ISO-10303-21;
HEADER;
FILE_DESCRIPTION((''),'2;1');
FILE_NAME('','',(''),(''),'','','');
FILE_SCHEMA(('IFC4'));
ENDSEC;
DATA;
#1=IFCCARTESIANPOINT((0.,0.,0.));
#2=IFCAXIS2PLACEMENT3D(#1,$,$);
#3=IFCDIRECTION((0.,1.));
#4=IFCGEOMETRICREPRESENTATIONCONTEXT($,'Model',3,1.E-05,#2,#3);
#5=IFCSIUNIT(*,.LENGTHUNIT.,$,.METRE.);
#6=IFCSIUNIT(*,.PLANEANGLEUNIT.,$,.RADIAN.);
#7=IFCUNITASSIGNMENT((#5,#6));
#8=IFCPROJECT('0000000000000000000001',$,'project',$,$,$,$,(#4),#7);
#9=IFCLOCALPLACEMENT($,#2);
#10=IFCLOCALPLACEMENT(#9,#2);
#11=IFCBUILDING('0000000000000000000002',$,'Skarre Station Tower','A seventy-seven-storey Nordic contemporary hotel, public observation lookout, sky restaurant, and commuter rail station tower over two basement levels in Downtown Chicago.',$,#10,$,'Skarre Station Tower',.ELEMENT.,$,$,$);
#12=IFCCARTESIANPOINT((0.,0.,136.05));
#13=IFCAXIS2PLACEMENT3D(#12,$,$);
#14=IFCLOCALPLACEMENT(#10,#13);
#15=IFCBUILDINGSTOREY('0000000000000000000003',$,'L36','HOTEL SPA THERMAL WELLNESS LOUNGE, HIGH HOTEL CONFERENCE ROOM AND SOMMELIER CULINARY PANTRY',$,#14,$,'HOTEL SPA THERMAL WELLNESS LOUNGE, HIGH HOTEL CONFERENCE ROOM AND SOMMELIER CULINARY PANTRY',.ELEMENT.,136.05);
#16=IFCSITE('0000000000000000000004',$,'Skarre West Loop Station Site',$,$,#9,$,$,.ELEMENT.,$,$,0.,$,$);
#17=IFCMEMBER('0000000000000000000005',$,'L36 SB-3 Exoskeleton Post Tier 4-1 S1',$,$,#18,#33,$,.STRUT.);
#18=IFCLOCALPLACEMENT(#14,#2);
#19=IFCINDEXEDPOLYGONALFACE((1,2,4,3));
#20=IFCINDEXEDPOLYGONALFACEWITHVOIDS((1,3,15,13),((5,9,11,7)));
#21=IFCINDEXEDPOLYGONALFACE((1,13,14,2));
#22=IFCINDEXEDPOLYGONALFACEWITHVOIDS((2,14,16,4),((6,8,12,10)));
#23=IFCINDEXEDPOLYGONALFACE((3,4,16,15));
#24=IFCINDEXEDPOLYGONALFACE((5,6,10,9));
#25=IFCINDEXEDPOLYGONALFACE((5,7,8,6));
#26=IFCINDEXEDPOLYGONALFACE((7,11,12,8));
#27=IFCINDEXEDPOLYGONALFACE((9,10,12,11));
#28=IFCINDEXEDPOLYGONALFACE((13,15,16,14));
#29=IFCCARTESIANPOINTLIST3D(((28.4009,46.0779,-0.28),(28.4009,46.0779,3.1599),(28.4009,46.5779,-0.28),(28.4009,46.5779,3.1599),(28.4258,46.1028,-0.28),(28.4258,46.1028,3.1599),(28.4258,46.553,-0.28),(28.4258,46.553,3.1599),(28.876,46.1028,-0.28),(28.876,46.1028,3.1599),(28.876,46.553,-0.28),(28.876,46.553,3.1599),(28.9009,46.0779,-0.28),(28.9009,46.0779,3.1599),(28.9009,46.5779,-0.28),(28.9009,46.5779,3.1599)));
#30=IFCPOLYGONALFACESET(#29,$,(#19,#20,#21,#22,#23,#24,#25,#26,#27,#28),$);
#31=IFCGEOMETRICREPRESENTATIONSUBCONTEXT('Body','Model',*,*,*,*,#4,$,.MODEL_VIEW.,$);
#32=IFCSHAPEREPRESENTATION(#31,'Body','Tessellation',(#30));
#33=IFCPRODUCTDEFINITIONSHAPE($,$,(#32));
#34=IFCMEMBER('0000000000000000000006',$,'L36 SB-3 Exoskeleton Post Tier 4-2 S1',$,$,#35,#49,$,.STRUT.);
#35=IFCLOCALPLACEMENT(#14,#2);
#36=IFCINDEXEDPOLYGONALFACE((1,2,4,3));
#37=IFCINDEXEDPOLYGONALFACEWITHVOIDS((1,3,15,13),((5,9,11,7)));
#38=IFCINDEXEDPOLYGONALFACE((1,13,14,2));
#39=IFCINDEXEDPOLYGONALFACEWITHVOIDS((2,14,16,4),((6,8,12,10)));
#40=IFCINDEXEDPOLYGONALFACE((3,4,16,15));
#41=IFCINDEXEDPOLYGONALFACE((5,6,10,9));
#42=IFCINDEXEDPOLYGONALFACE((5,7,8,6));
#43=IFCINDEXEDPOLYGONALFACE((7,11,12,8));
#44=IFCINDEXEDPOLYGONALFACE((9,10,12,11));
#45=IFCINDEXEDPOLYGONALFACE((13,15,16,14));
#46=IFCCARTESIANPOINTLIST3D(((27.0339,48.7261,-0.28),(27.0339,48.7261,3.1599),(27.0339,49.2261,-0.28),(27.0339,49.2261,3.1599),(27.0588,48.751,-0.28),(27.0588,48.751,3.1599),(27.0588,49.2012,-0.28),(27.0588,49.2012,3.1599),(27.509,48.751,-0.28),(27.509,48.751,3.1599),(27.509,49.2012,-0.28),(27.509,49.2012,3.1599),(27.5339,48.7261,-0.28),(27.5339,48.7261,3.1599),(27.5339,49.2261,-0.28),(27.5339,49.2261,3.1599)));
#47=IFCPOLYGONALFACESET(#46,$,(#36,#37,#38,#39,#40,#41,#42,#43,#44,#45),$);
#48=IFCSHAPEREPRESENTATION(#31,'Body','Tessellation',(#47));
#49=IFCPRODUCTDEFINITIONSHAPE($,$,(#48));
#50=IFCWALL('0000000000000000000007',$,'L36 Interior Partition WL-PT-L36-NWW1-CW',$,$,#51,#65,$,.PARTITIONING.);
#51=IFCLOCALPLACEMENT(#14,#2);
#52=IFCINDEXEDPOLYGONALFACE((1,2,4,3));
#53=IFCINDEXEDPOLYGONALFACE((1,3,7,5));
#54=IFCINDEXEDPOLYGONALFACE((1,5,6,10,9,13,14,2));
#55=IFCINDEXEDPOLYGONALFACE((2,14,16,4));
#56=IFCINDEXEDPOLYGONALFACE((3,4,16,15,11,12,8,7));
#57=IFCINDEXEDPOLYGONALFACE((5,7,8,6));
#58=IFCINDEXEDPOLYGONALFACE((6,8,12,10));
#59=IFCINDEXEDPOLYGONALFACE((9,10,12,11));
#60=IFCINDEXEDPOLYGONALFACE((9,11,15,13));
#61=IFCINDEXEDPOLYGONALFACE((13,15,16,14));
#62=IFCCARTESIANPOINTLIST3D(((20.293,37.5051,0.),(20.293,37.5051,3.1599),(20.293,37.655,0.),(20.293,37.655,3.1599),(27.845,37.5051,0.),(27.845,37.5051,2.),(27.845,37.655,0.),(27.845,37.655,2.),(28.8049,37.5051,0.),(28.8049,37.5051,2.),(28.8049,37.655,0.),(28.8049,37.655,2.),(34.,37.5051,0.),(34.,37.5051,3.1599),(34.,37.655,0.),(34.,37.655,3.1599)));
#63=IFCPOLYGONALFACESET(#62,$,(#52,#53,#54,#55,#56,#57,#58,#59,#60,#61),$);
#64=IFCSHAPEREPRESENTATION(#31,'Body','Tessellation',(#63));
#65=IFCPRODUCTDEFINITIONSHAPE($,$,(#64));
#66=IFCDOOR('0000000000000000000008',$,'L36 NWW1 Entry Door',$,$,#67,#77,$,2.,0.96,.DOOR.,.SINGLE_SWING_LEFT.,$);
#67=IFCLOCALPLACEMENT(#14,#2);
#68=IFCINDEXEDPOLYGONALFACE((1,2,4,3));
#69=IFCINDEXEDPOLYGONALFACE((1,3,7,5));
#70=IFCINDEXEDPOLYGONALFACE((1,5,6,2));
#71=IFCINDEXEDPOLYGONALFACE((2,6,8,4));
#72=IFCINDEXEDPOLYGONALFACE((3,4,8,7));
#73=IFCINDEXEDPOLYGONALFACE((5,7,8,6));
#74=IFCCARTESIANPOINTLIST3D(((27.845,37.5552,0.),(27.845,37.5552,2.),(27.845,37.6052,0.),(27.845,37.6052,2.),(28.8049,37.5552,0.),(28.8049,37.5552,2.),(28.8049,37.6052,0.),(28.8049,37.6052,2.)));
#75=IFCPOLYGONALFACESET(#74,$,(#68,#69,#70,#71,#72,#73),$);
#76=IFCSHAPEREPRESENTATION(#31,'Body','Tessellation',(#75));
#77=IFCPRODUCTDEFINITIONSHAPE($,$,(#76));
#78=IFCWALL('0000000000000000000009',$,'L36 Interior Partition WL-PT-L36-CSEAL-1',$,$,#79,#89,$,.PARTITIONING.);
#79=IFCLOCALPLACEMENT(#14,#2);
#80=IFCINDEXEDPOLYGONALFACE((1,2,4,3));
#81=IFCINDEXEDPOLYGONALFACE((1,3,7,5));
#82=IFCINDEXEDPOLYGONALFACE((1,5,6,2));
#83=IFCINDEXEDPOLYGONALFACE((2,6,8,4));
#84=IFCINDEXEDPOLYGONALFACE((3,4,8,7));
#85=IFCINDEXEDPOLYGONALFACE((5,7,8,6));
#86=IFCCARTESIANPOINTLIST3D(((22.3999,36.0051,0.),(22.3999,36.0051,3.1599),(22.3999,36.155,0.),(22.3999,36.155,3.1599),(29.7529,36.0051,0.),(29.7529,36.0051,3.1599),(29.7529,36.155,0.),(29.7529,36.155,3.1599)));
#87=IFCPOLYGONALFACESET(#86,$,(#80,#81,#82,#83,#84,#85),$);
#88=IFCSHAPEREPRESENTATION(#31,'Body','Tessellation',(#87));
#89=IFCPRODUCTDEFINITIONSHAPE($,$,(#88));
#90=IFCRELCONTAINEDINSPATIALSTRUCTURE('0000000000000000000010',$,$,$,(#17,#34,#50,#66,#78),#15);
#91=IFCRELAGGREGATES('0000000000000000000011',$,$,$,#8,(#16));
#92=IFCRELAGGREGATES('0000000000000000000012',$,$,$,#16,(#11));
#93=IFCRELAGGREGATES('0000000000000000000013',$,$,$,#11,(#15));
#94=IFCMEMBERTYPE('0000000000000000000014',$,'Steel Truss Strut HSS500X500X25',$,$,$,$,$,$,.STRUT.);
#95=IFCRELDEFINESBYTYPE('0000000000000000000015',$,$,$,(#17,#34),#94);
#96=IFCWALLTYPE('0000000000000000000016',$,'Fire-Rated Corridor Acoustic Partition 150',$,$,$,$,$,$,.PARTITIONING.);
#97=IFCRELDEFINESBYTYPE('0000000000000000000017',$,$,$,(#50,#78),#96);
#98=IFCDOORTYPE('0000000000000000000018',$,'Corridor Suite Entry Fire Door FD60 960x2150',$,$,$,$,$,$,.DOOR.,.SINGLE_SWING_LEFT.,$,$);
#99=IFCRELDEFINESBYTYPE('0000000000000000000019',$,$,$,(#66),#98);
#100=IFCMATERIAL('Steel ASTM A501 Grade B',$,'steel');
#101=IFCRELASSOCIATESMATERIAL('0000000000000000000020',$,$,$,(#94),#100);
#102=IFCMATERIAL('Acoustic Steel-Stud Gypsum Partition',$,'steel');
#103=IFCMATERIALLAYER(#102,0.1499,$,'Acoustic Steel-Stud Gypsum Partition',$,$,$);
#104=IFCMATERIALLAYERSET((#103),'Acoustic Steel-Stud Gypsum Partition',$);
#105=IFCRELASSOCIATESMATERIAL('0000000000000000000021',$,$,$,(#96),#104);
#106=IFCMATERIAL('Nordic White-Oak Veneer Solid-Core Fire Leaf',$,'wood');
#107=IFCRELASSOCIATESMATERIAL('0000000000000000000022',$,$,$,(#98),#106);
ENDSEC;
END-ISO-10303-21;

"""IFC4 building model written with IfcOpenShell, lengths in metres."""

from ifc_helpers import new_model, si_unit, direction, frame, frame_2d, origin, origin_2d, place, context, subcontext, project, spatial, rectangle, hollow_rectangle, extrude, material, layer, layer_set, material_profile, profile_set, type_object, element, fill, save


model = new_model("IFC4")

# Units and contexts
model_context = context("Model", 3, precision=1e-05, world=origin(), true_north=direction((0.0, 1.0)))
body_context = subcontext(model_context, "Body", "Model", "MODEL_VIEW")
ifc_project = project(units=[si_unit("LENGTHUNIT", "METRE"), si_unit("PLANEANGLEUNIT", "RADIAN")], contexts=[model_context])

# Site, building, storey
site_placement = place(None, origin())
site = spatial("IfcSite", under=ifc_project, at=site_placement, Name="Skarre West Loop Station Site", CompositionType="ELEMENT", RefElevation=0.0)
building_placement = place(site_placement, origin())
building = spatial("IfcBuilding", under=site, at=building_placement, Name="Skarre Station Tower", Description="A seventy-seven-storey Nordic contemporary hotel, public observation lookout, sky restaurant, and commuter rail station tower over two basement levels in Downtown Chicago.", LongName="Skarre Station Tower", CompositionType="ELEMENT")
storey_placement = place(building_placement, frame((0.0, 0.0, 136.05)))
storey = spatial("IfcBuildingStorey", under=building, at=storey_placement, Name="L36", Description="HOTEL SPA THERMAL WELLNESS LOUNGE, HIGH HOTEL CONFERENCE ROOM AND SOMMELIER CULINARY PANTRY", LongName="HOTEL SPA THERMAL WELLNESS LOUNGE, HIGH HOTEL CONFERENCE ROOM AND SOMMELIER CULINARY PANTRY", CompositionType="ELEMENT", Elevation=136.05)

# Members
ifc_material_1 = material(Name="Steel ASTM A501 Grade B", Category="steel")
ifc_material_profile_1 = material_profile(ifc_material_1, hollow_rectangle(XDim=0.5, YDim=0.5, WallThickness=0.0249, at=origin_2d()), Name="Steel ASTM A501 Grade B")
ifc_profile_set_1 = profile_set([ifc_material_profile_1], Name="Steel ASTM A501 Grade B")
member_type = type_object("IfcMemberType", Name="Steel Truss Strut HSS500X500X25", PredefinedType="STRUT", material=ifc_profile_set_1)
for number, where, z_axis, x_axis, name in (
    (1, (28.6509, 46.3279, -0.28), (0.0, 0.0, 1.0), (1.0, 0.0, 0.0), "L36 SB-3 Exoskeleton Post Tier 4-1 S1"),
    (2, (27.2839, 48.9761, -0.28), (0.0, 0.0, 1.0), (1.0, 0.0, 0.0), "L36 SB-3 Exoskeleton Post Tier 4-2 S1"),
):
    element("IfcMember", number, at=place(storey_placement, frame(where, z_axis=z_axis, x_axis=x_axis)), inside=storey, type_object=member_type, Name=name, PredefinedType="STRUT", context=body_context, shape_type="SweptSolid", body=[
        extrude(hollow_rectangle(XDim=0.5, YDim=0.5, WallThickness=0.0249, at=origin_2d()), origin(), (0.0, 0.0, 1.0), 3.4399),
    ])

# Wall, opening, door
ifc_material_2 = material(Name="Acoustic Steel-Stud Gypsum Partition", Category="steel")
ifc_layer_1 = layer(ifc_material_2, 0.1499, Name="Acoustic Steel-Stud Gypsum Partition")
ifc_layer_set_1 = layer_set([ifc_layer_1], Name="Acoustic Steel-Stud Gypsum Partition")
wall_type_1 = type_object("IfcWallType", Name="Fire-Rated Corridor Acoustic Partition 150", PredefinedType="PARTITIONING", material=ifc_layer_set_1)
wall_1_placement = place(storey_placement, frame((34.0, 37.5801, 0.0), z_axis=(0.0, 0.0, 1.0), x_axis=(-1.0, 0.0, 0.0)))
wall_1 = element("IfcWall", 3, at=wall_1_placement, inside=storey, type_object=wall_type_1, Name="L36 Interior Partition WL-PT-L36-NWW1-CW", PredefinedType="PARTITIONING", context=body_context, shape_type="SweptSolid", body=[
    extrude(rectangle(XDim=13.707, YDim=0.1499, at=frame_2d((6.8535, 0.0))), origin(), (0.0, 0.0, 1.0), 3.1599),
])
opening_1_placement = place(wall_1_placement, frame((5.1951, 0.0, 0.0)))
opening_1 = element("IfcOpeningElement", 4, at=opening_1_placement, cuts=wall_1, PredefinedType="OPENING", context=body_context, shape_type="SweptSolid", body=[
    extrude(rectangle(XDim=0.96, YDim=2.0, at=frame_2d((0.48, 1.0))), frame((0.0, 0.085, 0.0), z_axis=(0.0, -1.0, 0.0), x_axis=(1.0, 0.0, 0.0)), (0.0, 0.0, 1.0), 0.1699),
])
ifc_material_3 = material(Name="Nordic White-Oak Veneer Solid-Core Fire Leaf", Category="wood")
door_type = type_object("IfcDoorType", Name="Corridor Suite Entry Fire Door FD60 960x2150", OperationType="SINGLE_SWING_LEFT", PredefinedType="DOOR", material=ifc_material_3)
door_placement = place(opening_1_placement, origin())
door = element("IfcDoor", 5, at=door_placement, inside=storey, type_object=door_type, Name="L36 NWW1 Entry Door", OperationType="SINGLE_SWING_LEFT", OverallHeight=2.0, OverallWidth=0.96, PredefinedType="DOOR", context=body_context, shape_type="SweptSolid", body=[
    extrude(rectangle(XDim=0.96, YDim=2.0, at=frame_2d((0.48, 1.0))), frame((0.0, 0.0249, 0.0), z_axis=(0.0, -1.0, 0.0), x_axis=(1.0, 0.0, 0.0)), (0.0, 0.0, 1.0), 0.05),
])
fill(opening_1, door)

# Wall
wall_2_placement = place(storey_placement, frame((29.7529, 36.0801, 0.0), z_axis=(0.0, 0.0, 1.0), x_axis=(-1.0, 0.0, 0.0)))
element("IfcWall", 6, at=wall_2_placement, inside=storey, type_object=wall_type_1, Name="L36 Interior Partition WL-PT-L36-CSEAL-1", PredefinedType="PARTITIONING", context=body_context, shape_type="SweptSolid", body=[
    extrude(rectangle(XDim=7.353, YDim=0.1499, at=frame_2d((3.6765, 0.0))), origin(), (0.0, 0.0, 1.0), 3.1599),
])

save(model, "model.ifc")
